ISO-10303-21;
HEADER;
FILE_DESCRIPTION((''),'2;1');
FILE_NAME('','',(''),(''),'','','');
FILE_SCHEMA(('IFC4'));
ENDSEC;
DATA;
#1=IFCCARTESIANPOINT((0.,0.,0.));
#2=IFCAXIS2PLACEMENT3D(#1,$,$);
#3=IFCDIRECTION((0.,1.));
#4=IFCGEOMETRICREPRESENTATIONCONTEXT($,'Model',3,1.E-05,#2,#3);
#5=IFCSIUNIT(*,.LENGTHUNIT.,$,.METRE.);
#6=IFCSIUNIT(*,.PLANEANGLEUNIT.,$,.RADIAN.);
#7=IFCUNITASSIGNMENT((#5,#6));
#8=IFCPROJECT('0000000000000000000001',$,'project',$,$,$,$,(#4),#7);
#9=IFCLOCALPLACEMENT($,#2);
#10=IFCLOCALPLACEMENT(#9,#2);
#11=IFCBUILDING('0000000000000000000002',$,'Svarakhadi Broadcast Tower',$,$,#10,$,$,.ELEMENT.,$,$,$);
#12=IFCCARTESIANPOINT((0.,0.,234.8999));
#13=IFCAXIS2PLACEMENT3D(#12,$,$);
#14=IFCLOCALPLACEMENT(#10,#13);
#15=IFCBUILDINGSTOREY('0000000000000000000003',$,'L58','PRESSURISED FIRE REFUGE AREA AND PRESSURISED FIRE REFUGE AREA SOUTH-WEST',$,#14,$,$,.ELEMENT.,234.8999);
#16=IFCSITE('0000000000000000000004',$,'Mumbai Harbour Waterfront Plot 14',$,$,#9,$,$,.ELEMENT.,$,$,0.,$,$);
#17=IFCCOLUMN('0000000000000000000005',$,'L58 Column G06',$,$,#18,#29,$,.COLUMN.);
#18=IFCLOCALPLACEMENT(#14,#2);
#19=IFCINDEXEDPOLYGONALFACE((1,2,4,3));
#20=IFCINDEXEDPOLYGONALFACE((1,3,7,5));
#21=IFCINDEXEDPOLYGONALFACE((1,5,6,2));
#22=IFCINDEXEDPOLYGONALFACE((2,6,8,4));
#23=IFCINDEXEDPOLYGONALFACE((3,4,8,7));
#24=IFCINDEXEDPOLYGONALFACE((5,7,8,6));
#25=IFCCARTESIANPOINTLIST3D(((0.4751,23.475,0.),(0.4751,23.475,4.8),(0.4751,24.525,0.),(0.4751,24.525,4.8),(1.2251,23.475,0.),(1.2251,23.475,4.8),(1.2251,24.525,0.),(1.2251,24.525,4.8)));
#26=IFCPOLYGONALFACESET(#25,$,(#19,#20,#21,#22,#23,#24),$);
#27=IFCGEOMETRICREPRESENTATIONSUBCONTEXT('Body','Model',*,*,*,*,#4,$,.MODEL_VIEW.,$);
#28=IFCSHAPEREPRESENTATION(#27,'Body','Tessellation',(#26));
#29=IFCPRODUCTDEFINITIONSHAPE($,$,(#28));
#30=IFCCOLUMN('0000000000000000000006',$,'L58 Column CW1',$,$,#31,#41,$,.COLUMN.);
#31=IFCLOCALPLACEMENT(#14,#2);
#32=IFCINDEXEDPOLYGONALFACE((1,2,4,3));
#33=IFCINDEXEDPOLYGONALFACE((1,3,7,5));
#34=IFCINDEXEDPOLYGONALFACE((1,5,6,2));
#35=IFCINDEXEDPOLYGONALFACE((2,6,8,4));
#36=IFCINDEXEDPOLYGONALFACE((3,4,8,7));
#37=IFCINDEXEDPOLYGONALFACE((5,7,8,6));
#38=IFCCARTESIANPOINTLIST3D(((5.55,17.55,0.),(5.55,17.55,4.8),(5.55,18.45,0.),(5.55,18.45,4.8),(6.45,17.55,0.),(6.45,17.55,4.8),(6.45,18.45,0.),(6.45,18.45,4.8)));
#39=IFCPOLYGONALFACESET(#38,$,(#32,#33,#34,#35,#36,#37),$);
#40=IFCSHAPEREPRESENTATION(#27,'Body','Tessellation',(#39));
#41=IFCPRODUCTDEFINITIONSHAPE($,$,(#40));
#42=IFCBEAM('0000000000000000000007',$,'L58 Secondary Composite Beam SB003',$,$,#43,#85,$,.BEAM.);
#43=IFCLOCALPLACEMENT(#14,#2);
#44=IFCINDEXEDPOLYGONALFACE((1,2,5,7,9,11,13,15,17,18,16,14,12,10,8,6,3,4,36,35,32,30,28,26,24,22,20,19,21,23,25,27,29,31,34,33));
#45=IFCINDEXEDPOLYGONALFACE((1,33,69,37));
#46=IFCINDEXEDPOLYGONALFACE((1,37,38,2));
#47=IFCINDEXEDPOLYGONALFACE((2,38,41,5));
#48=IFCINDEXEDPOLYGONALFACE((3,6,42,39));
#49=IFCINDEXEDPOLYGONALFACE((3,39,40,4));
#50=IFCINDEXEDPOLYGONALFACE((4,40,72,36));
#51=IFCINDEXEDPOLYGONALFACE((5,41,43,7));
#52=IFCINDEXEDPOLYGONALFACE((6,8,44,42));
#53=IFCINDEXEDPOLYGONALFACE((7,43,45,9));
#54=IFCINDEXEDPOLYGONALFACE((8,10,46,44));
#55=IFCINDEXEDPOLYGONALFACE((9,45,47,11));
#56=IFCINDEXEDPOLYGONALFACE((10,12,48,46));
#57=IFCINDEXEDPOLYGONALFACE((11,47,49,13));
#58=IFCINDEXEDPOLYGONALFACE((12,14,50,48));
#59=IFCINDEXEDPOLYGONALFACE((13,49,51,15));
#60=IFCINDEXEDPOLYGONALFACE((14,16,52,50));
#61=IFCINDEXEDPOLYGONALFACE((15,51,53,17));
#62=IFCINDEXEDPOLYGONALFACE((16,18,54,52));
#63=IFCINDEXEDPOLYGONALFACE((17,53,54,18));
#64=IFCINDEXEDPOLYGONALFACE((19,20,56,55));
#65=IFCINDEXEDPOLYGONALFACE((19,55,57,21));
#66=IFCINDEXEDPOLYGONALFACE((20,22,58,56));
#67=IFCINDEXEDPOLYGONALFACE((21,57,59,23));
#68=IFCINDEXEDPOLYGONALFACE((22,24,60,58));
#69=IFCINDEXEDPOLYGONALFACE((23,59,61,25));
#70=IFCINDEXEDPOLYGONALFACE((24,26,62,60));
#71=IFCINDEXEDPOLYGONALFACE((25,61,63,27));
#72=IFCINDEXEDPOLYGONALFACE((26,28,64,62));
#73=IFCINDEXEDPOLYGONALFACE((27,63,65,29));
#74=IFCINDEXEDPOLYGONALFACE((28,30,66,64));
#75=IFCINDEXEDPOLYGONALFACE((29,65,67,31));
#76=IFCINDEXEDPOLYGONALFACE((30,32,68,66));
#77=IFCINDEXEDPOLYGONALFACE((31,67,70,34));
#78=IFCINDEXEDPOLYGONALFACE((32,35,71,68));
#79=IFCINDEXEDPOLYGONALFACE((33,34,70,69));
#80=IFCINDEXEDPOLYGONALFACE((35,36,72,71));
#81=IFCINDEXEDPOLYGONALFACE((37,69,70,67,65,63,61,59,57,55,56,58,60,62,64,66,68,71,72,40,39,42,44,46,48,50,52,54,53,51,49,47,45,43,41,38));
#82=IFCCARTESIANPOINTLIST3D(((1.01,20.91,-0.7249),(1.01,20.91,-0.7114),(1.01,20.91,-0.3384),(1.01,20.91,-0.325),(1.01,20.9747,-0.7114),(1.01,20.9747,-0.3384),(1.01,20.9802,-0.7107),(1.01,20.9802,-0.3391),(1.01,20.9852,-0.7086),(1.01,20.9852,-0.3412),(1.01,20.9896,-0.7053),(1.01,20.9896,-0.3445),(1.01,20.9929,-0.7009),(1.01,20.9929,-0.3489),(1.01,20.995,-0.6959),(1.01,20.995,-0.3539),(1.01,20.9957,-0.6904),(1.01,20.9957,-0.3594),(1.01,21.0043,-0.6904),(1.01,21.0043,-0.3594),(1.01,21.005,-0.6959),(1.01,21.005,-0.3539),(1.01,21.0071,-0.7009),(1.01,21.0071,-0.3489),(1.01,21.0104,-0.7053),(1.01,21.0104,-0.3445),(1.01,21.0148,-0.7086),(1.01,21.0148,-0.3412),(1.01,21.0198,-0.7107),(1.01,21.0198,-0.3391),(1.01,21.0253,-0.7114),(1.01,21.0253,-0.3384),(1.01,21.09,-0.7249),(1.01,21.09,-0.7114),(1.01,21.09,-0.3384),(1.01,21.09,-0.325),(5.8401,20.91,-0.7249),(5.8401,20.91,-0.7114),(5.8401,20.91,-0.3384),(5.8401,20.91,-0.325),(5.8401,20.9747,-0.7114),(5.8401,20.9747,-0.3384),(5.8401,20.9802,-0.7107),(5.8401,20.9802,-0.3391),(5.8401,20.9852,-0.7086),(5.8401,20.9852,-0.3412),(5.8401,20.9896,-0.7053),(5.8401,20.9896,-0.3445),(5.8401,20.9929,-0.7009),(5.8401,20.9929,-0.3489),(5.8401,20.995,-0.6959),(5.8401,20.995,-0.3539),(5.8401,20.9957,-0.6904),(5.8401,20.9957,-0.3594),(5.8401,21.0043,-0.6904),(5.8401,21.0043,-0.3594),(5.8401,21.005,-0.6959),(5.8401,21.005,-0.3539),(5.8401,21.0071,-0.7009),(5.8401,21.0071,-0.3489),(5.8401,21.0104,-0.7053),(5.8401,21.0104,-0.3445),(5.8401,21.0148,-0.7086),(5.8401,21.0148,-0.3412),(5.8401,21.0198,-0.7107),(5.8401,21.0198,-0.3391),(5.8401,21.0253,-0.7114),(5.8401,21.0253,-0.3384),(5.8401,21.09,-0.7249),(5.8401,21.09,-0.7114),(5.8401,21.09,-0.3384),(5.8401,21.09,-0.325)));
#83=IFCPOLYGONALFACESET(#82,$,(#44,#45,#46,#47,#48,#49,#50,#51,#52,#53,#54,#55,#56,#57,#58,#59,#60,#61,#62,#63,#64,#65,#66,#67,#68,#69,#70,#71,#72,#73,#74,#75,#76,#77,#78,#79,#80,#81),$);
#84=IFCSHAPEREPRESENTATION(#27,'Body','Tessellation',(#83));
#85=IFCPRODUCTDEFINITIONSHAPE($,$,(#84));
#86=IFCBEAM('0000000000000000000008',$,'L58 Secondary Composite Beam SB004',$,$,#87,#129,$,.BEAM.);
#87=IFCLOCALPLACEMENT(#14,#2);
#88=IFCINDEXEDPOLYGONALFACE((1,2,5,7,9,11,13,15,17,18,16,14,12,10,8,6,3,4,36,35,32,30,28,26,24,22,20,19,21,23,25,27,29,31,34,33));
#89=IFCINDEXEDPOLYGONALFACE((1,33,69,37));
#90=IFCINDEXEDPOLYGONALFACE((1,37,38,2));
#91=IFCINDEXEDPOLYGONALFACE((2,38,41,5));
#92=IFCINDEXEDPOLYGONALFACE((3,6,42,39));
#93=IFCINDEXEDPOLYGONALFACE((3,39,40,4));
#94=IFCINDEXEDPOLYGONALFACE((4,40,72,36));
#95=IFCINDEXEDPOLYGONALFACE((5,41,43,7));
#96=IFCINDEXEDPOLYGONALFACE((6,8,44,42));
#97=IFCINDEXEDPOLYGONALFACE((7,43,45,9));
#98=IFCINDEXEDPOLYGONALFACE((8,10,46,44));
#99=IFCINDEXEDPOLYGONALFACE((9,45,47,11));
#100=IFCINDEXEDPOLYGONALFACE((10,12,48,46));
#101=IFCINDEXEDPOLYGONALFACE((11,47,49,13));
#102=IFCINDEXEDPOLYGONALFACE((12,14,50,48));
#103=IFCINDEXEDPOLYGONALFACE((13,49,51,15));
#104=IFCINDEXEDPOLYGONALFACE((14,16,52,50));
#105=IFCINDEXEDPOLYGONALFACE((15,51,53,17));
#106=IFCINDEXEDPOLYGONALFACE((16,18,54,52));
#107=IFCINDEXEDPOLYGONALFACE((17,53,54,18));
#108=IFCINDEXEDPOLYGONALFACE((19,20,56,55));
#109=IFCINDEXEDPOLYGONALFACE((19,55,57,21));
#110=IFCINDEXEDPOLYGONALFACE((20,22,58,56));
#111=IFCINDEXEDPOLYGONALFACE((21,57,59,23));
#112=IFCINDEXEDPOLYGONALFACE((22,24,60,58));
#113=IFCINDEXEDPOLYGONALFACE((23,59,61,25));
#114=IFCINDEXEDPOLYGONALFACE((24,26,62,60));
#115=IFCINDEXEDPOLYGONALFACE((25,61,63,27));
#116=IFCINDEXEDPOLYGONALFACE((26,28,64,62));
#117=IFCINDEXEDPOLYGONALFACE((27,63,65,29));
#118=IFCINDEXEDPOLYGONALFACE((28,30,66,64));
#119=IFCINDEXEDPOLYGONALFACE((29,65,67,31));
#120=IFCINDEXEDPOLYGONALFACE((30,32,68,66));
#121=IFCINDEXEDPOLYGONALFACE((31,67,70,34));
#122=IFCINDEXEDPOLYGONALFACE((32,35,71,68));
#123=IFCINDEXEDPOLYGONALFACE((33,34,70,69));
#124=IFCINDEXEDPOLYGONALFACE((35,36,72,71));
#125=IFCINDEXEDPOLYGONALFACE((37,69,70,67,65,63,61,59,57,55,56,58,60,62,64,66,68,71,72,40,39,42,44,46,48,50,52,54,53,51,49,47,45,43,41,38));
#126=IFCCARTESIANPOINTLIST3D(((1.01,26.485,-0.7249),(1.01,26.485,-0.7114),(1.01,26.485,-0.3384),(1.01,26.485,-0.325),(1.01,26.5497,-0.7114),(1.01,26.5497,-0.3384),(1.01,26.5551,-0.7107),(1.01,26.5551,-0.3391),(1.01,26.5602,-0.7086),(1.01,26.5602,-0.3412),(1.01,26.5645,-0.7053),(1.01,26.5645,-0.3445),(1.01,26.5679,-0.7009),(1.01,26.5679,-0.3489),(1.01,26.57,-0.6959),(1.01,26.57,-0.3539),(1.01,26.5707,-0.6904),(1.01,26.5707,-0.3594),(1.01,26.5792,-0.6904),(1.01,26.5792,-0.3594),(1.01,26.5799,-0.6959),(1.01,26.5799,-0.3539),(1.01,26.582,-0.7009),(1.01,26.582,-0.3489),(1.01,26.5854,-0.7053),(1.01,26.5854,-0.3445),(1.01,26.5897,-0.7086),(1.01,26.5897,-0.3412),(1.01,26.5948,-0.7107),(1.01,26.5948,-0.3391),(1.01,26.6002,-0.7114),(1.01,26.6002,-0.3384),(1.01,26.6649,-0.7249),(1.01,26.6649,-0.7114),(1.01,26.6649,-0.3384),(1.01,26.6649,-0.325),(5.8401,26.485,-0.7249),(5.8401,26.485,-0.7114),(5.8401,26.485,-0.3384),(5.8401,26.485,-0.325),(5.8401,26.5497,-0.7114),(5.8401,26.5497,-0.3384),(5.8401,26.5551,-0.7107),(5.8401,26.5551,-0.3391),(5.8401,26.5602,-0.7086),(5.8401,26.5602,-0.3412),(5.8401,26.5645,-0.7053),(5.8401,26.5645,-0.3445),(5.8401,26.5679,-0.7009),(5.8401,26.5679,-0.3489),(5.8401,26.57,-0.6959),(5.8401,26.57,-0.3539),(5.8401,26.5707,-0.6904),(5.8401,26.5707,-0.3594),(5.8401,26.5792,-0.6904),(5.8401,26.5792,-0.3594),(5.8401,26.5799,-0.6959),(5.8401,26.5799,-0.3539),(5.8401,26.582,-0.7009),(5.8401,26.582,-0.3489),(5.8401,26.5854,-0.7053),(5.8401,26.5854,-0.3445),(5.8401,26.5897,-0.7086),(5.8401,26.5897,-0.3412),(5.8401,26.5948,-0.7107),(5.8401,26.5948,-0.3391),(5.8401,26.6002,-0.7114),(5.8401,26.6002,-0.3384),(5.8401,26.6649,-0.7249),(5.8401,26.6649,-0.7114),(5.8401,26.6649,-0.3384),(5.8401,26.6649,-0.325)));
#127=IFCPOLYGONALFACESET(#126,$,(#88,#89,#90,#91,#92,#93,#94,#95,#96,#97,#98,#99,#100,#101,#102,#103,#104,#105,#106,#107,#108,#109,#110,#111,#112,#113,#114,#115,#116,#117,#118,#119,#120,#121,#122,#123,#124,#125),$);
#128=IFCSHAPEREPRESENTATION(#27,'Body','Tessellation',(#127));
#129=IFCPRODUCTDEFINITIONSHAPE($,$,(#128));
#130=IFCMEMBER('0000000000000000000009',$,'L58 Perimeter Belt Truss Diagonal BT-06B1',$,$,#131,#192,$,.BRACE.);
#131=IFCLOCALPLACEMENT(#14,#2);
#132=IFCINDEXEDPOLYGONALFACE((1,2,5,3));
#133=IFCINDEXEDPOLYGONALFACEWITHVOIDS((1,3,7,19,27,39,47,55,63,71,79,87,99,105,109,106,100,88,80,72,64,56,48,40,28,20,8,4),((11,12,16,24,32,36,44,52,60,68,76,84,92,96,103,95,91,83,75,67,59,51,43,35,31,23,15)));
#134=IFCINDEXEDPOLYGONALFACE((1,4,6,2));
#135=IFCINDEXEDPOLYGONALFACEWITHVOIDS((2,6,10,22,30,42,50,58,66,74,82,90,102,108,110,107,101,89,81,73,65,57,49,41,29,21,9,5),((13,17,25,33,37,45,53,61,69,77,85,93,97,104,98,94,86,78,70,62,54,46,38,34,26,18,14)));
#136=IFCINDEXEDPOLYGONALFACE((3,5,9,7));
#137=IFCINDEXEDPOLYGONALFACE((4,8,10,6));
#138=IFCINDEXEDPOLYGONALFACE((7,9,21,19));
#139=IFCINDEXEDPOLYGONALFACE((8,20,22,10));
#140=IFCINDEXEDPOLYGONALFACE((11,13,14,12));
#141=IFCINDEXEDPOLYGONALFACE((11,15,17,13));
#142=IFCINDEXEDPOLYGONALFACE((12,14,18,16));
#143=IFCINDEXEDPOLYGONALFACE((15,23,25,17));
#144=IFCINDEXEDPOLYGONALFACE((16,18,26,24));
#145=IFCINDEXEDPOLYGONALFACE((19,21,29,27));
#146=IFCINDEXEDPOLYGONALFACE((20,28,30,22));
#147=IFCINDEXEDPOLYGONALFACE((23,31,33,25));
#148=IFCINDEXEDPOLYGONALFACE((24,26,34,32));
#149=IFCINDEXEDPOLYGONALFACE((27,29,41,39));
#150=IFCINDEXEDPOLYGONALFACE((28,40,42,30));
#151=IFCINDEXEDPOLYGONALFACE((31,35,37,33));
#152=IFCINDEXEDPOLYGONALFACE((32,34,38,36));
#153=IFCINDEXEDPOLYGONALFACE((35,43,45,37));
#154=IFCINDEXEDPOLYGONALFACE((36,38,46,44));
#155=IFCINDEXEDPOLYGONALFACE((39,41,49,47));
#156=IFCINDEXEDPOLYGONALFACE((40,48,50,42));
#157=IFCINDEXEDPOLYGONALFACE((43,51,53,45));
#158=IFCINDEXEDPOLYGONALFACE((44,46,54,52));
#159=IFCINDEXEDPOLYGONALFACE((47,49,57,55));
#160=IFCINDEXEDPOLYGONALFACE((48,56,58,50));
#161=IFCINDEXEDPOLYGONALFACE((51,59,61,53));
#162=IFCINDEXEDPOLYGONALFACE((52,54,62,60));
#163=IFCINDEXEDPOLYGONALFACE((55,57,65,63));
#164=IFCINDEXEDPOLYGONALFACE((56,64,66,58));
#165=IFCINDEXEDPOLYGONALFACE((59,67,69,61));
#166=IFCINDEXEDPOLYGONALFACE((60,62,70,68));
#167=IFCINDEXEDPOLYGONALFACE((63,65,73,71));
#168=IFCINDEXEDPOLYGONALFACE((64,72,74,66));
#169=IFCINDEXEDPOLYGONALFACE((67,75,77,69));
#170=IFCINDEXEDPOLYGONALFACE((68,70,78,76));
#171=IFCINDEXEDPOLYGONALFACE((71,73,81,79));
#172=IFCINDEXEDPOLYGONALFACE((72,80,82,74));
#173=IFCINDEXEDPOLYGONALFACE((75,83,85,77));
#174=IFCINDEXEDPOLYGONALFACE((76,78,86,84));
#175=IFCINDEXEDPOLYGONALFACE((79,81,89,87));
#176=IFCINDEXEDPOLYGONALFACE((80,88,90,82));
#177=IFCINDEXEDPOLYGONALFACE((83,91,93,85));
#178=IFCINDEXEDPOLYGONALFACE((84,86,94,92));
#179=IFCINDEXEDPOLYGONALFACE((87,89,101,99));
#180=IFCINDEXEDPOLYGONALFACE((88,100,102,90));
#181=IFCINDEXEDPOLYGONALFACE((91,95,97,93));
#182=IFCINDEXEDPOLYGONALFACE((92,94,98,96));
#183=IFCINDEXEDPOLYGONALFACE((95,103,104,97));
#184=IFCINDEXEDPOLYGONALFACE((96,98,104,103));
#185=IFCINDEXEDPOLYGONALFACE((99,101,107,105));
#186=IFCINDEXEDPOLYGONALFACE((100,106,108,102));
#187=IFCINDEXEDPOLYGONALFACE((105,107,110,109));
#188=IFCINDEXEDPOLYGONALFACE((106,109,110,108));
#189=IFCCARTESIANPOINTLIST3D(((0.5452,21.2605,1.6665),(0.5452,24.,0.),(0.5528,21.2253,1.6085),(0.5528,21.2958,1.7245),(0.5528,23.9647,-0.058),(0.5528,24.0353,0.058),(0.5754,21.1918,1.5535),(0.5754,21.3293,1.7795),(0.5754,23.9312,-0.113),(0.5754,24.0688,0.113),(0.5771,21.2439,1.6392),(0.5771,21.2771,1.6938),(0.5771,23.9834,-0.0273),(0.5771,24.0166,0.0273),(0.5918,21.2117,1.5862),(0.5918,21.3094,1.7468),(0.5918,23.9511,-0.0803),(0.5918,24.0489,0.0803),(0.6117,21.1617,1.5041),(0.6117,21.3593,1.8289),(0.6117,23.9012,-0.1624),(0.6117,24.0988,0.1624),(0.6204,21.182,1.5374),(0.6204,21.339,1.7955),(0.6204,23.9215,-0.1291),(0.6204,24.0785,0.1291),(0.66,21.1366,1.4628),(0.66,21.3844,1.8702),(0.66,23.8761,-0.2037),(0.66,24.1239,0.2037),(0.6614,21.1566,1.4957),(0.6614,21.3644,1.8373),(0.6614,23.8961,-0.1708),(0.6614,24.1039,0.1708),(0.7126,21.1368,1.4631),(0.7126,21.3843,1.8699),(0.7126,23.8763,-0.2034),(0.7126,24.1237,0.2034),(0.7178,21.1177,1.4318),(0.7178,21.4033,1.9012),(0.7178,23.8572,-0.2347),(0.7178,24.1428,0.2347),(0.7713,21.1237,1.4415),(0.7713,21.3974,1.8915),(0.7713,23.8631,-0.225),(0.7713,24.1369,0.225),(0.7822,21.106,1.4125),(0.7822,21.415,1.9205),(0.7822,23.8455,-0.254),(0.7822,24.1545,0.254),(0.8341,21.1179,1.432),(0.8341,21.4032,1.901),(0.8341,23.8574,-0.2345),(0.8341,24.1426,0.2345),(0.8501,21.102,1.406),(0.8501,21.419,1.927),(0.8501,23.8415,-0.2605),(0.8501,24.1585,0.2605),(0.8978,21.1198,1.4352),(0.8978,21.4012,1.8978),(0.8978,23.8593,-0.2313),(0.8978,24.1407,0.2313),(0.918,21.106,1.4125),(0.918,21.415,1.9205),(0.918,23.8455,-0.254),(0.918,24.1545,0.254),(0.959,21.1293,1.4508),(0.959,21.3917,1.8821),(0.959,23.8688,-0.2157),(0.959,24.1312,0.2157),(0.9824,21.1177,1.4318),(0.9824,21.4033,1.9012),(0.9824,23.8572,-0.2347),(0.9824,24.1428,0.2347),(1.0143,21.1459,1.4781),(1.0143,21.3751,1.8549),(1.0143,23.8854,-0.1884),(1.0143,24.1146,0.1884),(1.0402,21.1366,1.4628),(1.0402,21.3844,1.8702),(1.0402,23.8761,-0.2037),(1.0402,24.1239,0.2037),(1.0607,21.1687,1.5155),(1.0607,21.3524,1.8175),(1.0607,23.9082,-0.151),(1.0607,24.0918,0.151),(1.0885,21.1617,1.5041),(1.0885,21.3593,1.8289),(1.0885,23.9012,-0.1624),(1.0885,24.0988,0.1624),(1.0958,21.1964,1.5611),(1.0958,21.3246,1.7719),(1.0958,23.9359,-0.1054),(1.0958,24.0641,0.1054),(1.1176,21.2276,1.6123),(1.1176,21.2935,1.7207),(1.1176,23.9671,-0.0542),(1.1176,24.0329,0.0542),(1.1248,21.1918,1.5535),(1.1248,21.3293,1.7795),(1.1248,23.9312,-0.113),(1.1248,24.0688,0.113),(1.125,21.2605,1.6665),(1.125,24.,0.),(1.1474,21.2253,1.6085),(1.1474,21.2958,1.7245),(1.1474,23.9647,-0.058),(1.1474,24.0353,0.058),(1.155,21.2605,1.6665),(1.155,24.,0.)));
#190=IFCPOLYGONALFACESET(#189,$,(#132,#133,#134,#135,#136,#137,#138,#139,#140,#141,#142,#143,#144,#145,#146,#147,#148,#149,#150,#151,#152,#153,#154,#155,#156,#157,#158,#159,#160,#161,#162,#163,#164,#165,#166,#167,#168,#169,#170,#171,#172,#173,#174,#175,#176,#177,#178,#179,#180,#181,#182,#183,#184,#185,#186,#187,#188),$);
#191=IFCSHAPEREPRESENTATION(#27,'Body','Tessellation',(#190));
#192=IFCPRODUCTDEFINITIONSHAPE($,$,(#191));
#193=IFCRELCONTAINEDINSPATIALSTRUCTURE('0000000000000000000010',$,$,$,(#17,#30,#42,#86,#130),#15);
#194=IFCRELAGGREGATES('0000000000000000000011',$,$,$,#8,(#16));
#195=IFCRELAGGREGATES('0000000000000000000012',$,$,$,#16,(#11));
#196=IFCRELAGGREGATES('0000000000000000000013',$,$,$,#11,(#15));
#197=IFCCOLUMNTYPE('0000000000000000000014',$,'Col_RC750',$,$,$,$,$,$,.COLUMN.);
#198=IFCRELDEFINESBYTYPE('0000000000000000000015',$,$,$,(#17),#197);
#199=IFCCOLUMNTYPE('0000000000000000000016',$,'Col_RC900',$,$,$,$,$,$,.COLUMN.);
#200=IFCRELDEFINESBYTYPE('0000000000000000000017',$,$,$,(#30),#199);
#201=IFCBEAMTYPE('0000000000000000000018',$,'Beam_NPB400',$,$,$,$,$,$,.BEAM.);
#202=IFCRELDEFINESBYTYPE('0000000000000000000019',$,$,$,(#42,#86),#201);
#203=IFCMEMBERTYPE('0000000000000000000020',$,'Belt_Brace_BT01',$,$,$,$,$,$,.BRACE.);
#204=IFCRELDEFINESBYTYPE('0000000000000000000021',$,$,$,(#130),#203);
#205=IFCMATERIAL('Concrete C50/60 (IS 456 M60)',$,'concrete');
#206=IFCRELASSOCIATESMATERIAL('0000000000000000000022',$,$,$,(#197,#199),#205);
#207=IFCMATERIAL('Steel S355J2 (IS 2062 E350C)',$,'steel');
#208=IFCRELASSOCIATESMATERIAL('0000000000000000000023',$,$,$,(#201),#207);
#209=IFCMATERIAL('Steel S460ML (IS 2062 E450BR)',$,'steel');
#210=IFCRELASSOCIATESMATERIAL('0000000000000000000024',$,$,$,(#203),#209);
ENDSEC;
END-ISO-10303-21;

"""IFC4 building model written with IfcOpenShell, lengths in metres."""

from ifc_helpers import new_model, si_unit, direction, frame, origin, origin_2d, place, context, subcontext, project, spatial, rectangle, hollow_circle, i_section, extrude, material, material_profile, profile_set, type_object, element, save


model = new_model("IFC4")

# Units and contexts
model_context = context("Model", 3, precision=1e-05, world=origin(), true_north=direction((0.0, 1.0)))
body_context = subcontext(model_context, "Body", "Model", "MODEL_VIEW")
ifc_project = project(units=[si_unit("LENGTHUNIT", "METRE"), si_unit("PLANEANGLEUNIT", "RADIAN")], contexts=[model_context])

# Site, building, storey
site_placement = place(None, origin())
site = spatial("IfcSite", under=ifc_project, at=site_placement, Name="Mumbai Harbour Waterfront Plot 14", CompositionType="ELEMENT", RefElevation=0.0)
building_placement = place(site_placement, origin())
building = spatial("IfcBuilding", under=site, at=building_placement, Name="Svarakhadi Broadcast Tower", CompositionType="ELEMENT")
storey_placement = place(building_placement, frame((0.0, 0.0, 234.8999)))
storey = spatial("IfcBuildingStorey", under=building, at=storey_placement, Name="L58", Description="PRESSURISED FIRE REFUGE AREA AND PRESSURISED FIRE REFUGE AREA SOUTH-WEST", CompositionType="ELEMENT", Elevation=234.8999)

# Columns
ifc_material_1 = material(Name="Concrete C50/60 (IS 456 M60)", Category="concrete")
ifc_material_profile_1 = material_profile(ifc_material_1, rectangle(XDim=0.75, YDim=1.05, at=origin_2d()), Name="RC 750x1050")
ifc_profile_set_1 = profile_set([ifc_material_profile_1], Name="Concrete C50/60 (IS 456 M60)")
column_type_1 = type_object("IfcColumnType", Name="Col_RC750", PredefinedType="COLUMN", material=ifc_profile_set_1)
column_1_placement = place(storey_placement, frame((0.8501, 24.0, 0.0), z_axis=(0.0, 0.0, 1.0), x_axis=(1.0, 0.0, 0.0)))
element("IfcColumn", 1, at=column_1_placement, inside=storey, type_object=column_type_1, Name="L58 Column G06", PredefinedType="COLUMN", context=body_context, shape_type="SweptSolid", body=[
    extrude(rectangle(XDim=0.75, YDim=1.05, at=origin_2d()), origin(), (0.0, 0.0, 1.0), 4.8),
])
ifc_material_profile_2 = material_profile(ifc_material_1, rectangle(XDim=0.8999, YDim=0.8999, at=origin_2d()), Name="RC 900x900")
ifc_profile_set_2 = profile_set([ifc_material_profile_2], Name="Concrete C50/60 (IS 456 M60)")
column_type_2 = type_object("IfcColumnType", Name="Col_RC900", PredefinedType="COLUMN", material=ifc_profile_set_2)
column_2_placement = place(storey_placement, frame((6.0, 18.0, 0.0), z_axis=(0.0, 0.0, 1.0), x_axis=(1.0, 0.0, 0.0)))
element("IfcColumn", 2, at=column_2_placement, inside=storey, type_object=column_type_2, Name="L58 Column CW1", PredefinedType="COLUMN", context=body_context, shape_type="SweptSolid", body=[
    extrude(rectangle(XDim=0.8999, YDim=0.8999, at=origin_2d()), origin(), (0.0, 0.0, 1.0), 4.8),
])

# Beams
ifc_material_2 = material(Name="Steel S355J2 (IS 2062 E350C)", Category="steel")
ifc_material_profile_3 = material_profile(ifc_material_2, i_section(OverallWidth=0.1799, OverallDepth=0.3999, WebThickness=0.0085, FlangeThickness=0.0134, FilletRadius=0.021, at=origin_2d()), Name="NPB 400x180x66")
ifc_profile_set_3 = profile_set([ifc_material_profile_3], Name="Steel S355J2 (IS 2062 E350C)")
beam_type_1 = type_object("IfcBeamType", Name="Beam_NPB400", PredefinedType="BEAM", material=ifc_profile_set_3)
for number, where, z_axis, x_axis, name in (
    (3, (1.01, 21.0, -0.5249), (1.0, 0.0, 0.0), (0.0, 1.0, 0.0), "L58 Secondary Composite Beam SB003"),
    (4, (1.01, 26.575, -0.5249), (1.0, 0.0, 0.0), (0.0, 1.0, 0.0), "L58 Secondary Composite Beam SB004"),
):
    element("IfcBeam", number, at=place(storey_placement, frame(where, z_axis=z_axis, x_axis=x_axis)), inside=storey, type_object=beam_type_1, Name=name, PredefinedType="BEAM", context=body_context, shape_type="SweptSolid", body=[
        extrude(i_section(OverallWidth=0.1799, OverallDepth=0.3999, WebThickness=0.0085, FlangeThickness=0.0134, FilletRadius=0.021, at=origin_2d()), origin(), (0.0, 0.0, 1.0), 4.8301),
    ])

# Member
ifc_material_3 = material(Name="Steel S460ML (IS 2062 E450BR)", Category="steel")
ifc_material_profile_4 = material_profile(ifc_material_3, hollow_circle(Radius=0.3049, WallThickness=0.03, at=origin_2d()), Name="CHS 610x30")
ifc_profile_set_4 = profile_set([ifc_material_profile_4], Name="Steel S460ML (IS 2062 E450BR)")
member_type_1 = type_object("IfcMemberType", Name="Belt_Brace_BT01", PredefinedType="BRACE", material=ifc_profile_set_4)
for number, where, z_axis, x_axis, name in (
    (5, (0.8501, 24.0, 0.0), (0.0, -0.85434, 0.519715), (1.0, 0.0, 0.0), "L58 Perimeter Belt Truss Diagonal BT-06B1"),
):
    element("IfcMember", number, at=place(storey_placement, frame(where, z_axis=z_axis, x_axis=x_axis)), inside=storey, type_object=member_type_1, Name=name, PredefinedType="BRACE", context=body_context, shape_type="SweptSolid", body=[
        extrude(hollow_circle(Radius=0.3049, WallThickness=0.03, at=origin_2d()), origin(), (0.0, 0.0, 1.0), 3.2065),
    ])

save(model, "model.ifc")
